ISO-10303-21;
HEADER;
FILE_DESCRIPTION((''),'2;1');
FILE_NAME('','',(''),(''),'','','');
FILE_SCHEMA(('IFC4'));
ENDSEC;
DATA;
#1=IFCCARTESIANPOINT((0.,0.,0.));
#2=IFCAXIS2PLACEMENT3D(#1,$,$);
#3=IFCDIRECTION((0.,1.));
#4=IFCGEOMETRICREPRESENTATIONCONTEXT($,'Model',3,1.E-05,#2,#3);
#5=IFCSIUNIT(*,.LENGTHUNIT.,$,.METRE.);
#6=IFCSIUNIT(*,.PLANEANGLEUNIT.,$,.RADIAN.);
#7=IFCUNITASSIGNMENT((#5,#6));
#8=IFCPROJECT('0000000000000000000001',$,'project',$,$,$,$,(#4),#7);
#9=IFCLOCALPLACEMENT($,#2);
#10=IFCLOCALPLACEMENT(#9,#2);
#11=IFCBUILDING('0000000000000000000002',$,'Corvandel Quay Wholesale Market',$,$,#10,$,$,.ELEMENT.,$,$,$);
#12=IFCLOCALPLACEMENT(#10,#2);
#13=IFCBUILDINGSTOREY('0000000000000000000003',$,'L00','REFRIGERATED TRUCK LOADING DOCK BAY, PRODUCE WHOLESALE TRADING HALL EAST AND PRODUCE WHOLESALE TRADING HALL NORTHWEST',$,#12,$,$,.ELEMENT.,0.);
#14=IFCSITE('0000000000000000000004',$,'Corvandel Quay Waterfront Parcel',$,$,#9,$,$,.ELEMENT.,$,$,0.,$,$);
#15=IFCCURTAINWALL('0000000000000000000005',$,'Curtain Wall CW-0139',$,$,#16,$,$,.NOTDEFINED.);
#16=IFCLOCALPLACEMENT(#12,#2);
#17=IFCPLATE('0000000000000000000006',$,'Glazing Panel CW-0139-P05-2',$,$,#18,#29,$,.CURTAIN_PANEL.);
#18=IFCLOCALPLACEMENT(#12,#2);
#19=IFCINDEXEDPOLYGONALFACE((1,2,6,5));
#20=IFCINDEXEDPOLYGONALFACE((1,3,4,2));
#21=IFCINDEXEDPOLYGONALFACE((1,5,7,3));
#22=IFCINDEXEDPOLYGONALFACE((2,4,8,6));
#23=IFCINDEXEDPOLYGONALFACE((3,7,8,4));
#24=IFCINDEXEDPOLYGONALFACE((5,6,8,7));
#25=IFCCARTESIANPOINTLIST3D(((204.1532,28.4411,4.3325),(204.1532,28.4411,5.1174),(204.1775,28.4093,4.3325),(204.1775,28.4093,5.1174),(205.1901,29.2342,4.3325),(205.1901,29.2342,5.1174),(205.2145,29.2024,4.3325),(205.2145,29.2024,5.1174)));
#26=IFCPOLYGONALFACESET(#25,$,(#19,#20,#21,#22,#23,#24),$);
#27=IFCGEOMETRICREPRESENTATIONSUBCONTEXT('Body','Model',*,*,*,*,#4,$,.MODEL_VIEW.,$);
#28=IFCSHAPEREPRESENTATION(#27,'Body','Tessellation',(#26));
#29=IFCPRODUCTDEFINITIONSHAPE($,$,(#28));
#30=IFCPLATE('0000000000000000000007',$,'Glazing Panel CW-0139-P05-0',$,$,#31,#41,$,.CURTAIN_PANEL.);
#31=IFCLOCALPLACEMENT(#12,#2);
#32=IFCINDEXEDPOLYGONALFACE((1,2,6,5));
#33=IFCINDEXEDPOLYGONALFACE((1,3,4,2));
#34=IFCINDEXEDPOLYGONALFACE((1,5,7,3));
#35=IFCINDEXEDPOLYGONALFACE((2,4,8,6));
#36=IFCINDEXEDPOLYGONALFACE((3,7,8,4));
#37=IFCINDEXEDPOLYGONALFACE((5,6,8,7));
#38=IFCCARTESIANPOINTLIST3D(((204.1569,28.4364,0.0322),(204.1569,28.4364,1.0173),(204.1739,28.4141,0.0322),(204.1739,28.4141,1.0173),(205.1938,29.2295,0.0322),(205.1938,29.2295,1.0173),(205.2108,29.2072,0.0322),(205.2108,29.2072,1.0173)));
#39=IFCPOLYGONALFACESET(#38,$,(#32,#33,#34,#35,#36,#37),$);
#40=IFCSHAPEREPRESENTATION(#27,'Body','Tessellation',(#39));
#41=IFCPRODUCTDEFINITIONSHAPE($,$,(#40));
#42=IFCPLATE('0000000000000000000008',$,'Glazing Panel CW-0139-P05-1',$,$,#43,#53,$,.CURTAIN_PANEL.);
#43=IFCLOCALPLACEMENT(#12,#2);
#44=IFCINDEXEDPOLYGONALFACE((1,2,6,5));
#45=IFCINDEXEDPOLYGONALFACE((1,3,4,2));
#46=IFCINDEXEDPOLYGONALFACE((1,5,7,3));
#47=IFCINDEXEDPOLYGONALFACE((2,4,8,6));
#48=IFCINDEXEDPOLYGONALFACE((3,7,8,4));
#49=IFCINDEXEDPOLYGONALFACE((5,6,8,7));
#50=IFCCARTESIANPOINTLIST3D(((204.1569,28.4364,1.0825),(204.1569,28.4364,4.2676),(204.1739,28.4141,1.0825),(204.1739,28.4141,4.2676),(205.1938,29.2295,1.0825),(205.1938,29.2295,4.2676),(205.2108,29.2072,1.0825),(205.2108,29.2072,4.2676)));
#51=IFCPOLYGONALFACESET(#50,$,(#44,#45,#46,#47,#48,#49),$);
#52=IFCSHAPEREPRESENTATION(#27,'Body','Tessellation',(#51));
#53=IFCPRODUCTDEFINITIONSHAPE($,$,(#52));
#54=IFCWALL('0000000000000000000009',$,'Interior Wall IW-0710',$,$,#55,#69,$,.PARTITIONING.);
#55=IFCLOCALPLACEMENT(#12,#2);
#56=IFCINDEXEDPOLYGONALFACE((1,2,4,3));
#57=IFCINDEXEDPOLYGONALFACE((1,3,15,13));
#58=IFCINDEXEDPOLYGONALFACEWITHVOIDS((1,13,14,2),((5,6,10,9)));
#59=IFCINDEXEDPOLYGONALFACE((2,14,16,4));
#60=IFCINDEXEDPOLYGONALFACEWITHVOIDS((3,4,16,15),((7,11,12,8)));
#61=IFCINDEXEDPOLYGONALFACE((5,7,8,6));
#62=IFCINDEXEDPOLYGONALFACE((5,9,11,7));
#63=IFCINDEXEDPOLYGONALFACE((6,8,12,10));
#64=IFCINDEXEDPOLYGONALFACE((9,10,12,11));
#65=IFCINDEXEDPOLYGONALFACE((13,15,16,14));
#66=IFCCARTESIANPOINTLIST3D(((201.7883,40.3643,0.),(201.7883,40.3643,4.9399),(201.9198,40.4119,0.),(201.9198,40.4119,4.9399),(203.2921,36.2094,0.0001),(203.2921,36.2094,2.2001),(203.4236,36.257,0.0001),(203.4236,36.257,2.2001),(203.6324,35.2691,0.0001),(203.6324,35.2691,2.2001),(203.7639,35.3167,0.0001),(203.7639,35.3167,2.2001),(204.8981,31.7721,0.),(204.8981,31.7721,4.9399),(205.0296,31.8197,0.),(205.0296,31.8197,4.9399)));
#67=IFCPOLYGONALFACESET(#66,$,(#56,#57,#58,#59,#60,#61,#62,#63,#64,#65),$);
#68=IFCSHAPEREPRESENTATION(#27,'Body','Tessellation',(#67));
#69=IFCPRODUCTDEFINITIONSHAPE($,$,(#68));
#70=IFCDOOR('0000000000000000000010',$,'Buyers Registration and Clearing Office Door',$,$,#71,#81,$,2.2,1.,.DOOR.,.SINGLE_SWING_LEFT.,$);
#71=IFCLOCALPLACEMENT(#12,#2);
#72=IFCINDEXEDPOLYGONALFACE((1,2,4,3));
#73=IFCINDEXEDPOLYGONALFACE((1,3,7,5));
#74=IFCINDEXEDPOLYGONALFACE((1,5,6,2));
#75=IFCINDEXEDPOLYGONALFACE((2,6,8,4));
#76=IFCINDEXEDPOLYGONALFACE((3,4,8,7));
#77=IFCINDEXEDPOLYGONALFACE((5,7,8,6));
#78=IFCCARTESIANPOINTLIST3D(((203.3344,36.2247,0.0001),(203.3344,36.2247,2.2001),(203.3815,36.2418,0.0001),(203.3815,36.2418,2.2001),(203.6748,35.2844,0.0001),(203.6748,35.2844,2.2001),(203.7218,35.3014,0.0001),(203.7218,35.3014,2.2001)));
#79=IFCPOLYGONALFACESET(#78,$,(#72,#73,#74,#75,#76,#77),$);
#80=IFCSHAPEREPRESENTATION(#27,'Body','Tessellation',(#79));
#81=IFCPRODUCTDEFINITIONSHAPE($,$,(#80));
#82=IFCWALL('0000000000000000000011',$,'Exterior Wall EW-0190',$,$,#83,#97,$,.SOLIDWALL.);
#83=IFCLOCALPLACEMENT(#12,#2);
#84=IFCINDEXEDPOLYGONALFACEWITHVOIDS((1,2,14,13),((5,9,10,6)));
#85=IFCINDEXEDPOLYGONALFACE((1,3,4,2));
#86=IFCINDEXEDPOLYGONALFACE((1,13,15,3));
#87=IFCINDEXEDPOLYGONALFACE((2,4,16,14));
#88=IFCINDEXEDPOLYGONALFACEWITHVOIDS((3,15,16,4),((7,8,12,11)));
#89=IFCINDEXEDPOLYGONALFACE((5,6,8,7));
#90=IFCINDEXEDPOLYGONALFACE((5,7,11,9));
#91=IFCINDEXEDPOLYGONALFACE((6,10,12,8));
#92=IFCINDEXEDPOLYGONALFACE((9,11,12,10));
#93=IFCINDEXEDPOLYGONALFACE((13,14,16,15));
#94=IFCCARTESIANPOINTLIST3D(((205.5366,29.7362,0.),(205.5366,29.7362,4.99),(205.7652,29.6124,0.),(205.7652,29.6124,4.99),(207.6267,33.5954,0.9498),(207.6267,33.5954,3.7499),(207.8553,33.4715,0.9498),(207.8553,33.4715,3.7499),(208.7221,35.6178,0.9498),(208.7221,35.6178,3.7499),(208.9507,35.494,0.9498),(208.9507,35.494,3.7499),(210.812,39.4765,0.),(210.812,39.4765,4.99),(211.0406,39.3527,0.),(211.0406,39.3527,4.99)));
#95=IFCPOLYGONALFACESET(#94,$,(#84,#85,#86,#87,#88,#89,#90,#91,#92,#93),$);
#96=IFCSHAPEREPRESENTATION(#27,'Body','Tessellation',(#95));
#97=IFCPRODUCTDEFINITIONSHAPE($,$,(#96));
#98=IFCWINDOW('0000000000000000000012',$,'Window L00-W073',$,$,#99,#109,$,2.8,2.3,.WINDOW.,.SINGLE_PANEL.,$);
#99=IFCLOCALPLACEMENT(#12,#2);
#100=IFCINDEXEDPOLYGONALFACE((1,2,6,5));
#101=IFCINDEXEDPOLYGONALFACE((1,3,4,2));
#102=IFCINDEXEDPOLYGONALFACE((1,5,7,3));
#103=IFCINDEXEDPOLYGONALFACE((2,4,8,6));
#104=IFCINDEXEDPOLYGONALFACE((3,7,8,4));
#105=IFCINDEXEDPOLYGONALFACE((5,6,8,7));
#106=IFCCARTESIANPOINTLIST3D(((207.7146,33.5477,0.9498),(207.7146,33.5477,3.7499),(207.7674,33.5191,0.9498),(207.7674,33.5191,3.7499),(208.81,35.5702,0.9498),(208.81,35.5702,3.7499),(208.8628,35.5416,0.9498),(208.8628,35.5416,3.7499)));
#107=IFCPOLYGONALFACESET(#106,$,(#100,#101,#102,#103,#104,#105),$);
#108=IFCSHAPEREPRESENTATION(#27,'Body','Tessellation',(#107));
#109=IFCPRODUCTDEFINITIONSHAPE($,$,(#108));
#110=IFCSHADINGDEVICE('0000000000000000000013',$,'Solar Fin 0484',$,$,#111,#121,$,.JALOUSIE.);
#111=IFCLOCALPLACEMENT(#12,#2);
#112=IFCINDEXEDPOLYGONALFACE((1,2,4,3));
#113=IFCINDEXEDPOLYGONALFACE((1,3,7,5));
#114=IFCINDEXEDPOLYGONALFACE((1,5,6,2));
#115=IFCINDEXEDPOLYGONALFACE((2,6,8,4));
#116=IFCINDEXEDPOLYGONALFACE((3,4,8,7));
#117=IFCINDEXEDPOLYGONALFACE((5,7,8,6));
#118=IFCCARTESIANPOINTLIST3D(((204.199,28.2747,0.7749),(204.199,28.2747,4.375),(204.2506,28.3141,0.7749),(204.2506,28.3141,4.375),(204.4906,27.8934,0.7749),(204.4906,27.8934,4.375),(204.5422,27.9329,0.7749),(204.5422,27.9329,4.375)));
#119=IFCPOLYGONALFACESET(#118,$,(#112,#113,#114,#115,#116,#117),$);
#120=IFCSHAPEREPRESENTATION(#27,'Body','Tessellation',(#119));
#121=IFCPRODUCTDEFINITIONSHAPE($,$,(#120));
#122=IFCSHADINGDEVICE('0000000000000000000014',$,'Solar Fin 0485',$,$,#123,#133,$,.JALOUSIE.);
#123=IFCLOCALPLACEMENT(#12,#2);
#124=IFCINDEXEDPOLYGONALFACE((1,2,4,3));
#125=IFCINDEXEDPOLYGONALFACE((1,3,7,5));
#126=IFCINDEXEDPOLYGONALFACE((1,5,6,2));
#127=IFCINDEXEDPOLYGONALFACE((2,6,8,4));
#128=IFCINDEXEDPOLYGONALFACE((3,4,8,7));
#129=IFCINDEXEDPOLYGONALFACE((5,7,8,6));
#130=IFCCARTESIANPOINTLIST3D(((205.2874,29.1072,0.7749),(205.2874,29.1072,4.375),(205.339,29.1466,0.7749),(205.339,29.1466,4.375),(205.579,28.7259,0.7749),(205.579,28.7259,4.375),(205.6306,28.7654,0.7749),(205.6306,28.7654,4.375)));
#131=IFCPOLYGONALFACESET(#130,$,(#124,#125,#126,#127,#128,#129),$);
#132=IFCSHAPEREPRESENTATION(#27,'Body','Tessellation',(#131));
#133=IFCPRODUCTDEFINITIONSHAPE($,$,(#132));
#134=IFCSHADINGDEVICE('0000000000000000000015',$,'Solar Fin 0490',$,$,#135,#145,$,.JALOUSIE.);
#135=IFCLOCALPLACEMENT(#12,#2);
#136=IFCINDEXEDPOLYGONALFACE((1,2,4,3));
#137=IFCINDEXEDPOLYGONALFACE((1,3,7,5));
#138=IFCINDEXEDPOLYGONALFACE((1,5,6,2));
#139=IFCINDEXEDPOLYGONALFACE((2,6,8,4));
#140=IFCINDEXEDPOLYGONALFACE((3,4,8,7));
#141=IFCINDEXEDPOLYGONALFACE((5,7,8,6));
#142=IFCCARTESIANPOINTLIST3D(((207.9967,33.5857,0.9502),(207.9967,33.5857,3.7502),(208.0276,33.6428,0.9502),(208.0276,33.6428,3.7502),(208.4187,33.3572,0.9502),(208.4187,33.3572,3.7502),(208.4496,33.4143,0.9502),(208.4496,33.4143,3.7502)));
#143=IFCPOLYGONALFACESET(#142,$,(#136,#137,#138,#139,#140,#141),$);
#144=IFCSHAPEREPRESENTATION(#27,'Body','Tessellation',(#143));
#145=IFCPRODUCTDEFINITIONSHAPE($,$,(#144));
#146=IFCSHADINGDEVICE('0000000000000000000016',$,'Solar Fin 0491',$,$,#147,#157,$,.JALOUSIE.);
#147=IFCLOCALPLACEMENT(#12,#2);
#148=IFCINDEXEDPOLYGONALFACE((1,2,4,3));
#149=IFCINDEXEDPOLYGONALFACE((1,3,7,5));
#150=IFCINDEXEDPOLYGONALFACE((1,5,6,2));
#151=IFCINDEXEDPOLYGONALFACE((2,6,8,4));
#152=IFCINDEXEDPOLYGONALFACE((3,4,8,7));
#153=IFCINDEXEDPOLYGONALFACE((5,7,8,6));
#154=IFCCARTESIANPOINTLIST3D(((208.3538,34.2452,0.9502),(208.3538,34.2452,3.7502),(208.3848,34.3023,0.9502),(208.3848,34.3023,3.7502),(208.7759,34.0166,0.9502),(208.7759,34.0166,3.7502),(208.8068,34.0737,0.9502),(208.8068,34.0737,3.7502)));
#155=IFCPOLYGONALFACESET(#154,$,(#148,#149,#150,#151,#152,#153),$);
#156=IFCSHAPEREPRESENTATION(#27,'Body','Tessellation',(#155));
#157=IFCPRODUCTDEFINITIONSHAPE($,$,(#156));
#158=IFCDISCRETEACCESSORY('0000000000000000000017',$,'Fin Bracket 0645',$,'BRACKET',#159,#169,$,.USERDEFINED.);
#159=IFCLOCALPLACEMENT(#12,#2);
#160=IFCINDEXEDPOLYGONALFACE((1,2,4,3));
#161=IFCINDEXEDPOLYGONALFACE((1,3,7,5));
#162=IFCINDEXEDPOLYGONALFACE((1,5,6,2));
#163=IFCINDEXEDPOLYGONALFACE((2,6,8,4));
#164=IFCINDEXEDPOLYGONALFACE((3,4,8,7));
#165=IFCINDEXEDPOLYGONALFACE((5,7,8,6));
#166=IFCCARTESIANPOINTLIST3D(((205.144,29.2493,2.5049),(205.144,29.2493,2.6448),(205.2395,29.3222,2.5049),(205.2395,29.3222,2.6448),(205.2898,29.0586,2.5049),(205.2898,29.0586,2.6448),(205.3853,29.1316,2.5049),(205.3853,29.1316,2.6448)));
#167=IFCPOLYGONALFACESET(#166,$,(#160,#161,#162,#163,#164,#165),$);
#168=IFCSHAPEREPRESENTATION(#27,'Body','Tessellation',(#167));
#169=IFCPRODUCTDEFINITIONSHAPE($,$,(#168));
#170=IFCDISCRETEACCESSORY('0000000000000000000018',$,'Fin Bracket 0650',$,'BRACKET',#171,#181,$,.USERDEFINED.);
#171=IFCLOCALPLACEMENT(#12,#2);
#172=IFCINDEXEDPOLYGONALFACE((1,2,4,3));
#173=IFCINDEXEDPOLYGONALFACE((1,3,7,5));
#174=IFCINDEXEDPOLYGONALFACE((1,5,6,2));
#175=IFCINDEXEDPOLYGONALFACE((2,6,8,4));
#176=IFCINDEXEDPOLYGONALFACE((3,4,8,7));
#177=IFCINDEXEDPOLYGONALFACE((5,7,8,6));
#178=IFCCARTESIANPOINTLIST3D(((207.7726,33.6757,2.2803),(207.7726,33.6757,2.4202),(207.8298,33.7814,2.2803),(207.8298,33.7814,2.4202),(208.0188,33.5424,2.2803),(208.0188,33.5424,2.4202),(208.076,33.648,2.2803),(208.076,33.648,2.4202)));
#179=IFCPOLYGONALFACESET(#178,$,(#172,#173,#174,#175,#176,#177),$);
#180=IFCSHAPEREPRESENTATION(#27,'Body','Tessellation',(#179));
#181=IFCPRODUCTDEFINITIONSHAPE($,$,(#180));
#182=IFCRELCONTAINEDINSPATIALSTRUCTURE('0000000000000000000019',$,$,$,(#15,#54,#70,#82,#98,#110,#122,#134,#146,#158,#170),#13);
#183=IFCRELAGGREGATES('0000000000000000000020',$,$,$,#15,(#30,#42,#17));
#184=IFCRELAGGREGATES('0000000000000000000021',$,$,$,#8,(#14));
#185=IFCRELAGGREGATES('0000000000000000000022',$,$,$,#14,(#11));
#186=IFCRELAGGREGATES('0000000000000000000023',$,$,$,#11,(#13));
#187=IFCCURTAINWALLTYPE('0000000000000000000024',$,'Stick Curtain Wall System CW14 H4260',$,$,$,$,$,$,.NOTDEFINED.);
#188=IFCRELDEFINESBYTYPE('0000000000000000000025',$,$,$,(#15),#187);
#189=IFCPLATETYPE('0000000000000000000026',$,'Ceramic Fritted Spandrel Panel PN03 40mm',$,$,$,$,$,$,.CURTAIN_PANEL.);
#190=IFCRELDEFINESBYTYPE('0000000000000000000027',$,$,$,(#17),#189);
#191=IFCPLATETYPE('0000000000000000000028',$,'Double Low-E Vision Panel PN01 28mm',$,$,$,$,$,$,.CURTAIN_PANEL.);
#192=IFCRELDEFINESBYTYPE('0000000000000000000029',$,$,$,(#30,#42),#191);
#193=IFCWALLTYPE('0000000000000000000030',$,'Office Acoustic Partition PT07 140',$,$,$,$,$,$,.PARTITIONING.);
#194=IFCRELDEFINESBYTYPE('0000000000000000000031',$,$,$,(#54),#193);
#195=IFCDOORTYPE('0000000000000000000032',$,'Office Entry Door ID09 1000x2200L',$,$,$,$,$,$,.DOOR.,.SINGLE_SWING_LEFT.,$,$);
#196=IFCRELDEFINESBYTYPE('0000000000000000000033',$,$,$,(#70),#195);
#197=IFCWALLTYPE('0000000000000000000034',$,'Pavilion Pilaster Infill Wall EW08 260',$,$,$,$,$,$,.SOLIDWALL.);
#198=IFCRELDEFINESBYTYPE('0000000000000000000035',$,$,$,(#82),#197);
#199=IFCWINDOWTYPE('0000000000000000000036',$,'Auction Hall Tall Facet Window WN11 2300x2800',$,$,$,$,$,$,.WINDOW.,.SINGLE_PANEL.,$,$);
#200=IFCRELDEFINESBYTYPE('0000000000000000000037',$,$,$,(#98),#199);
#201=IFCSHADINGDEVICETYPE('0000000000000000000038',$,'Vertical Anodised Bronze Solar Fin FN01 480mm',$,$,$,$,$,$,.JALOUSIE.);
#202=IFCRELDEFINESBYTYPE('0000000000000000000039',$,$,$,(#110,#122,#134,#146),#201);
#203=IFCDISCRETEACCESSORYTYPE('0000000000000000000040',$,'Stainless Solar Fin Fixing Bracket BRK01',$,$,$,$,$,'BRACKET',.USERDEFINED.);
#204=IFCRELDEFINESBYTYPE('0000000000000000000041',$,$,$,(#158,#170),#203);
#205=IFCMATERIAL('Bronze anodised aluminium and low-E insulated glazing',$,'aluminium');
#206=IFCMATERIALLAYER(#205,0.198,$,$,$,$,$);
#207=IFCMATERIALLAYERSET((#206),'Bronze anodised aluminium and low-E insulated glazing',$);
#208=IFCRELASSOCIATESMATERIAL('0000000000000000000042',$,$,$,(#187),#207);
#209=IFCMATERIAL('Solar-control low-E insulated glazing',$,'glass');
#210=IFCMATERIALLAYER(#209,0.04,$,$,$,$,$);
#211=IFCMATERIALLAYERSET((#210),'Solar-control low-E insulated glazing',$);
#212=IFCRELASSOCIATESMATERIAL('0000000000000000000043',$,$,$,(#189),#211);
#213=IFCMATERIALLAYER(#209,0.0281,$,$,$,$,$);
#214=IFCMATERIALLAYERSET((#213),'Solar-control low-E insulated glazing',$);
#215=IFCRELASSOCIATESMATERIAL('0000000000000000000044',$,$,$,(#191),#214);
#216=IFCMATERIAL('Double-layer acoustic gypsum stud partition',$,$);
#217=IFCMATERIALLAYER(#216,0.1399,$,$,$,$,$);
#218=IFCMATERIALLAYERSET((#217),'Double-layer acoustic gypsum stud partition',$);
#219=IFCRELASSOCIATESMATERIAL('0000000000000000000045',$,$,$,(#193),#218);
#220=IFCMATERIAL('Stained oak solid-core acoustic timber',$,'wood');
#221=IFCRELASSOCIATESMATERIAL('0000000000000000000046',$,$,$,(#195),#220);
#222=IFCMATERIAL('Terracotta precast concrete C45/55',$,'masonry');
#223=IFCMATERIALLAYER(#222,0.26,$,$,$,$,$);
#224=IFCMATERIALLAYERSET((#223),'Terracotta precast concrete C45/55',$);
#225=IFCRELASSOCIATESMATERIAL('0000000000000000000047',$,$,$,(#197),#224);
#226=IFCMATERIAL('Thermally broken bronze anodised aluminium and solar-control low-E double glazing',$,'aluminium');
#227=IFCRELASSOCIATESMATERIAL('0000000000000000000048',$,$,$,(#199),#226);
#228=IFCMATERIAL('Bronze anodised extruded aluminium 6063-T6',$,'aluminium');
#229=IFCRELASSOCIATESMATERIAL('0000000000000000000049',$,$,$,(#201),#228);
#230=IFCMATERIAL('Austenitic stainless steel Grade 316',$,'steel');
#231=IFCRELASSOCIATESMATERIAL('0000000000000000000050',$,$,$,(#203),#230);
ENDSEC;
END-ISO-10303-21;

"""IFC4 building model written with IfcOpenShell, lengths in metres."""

from ifc_helpers import new_model, si_unit, direction, frame, frame_2d, origin, origin_2d, place, context, subcontext, project, spatial, rectangle, extrude, material, layer, layer_set, type_object, element, fill, aggregate, save


model = new_model("IFC4")

# Units and contexts
model_context = context("Model", 3, precision=1e-05, world=origin(), true_north=direction((0.0, 1.0)))
body_context = subcontext(model_context, "Body", "Model", "MODEL_VIEW")
ifc_project = project(units=[si_unit("LENGTHUNIT", "METRE"), si_unit("PLANEANGLEUNIT", "RADIAN")], contexts=[model_context])

# Site, building, storey
site_placement = place(None, origin())
site = spatial("IfcSite", under=ifc_project, at=site_placement, Name="Corvandel Quay Waterfront Parcel", CompositionType="ELEMENT", RefElevation=0.0)
building_placement = place(site_placement, origin())
building = spatial("IfcBuilding", under=site, at=building_placement, Name="Corvandel Quay Wholesale Market", CompositionType="ELEMENT")
storey_placement = place(building_placement, origin())
storey = spatial("IfcBuildingStorey", under=building, at=storey_placement, Name="L00", Description="REFRIGERATED TRUCK LOADING DOCK BAY, PRODUCE WHOLESALE TRADING HALL EAST AND PRODUCE WHOLESALE TRADING HALL NORTHWEST", CompositionType="ELEMENT", Elevation=0.0)

# Curtain wall, plates
ifc_material_1 = material(Name="Bronze anodised aluminium and low-E insulated glazing", Category="aluminium")
ifc_layer_1 = layer(ifc_material_1, 0.198)
ifc_layer_set_1 = layer_set([ifc_layer_1], Name="Bronze anodised aluminium and low-E insulated glazing")
curtain_wall_type = type_object("IfcCurtainWallType", Name="Stick Curtain Wall System CW14 H4260", PredefinedType="NOTDEFINED", material=ifc_layer_set_1)
curtain_wall_placement = place(storey_placement, origin())
curtain_wall = element("IfcCurtainWall", 1, at=curtain_wall_placement, inside=storey, type_object=curtain_wall_type, Name="Curtain Wall CW-0139", PredefinedType="NOTDEFINED")
ifc_material_2 = material(Name="Solar-control low-E insulated glazing", Category="glass")
ifc_layer_2 = layer(ifc_material_2, 0.04)
ifc_layer_set_2 = layer_set([ifc_layer_2], Name="Solar-control low-E insulated glazing")
plate_type_1 = type_object("IfcPlateType", Name="Ceramic Fritted Spandrel Panel PN03 40mm", PredefinedType="CURTAIN_PANEL", material=ifc_layer_set_2)
plate_1_placement = place(storey_placement, frame((204.6838, 28.8218, 4.3325), z_axis=(0.0, 0.0, 1.0), x_axis=(0.794309, 0.607514, 0.0)))
plate_1 = element("IfcPlate", 2, at=plate_1_placement, type_object=plate_type_1, Name="Glazing Panel CW-0139-P05-2", PredefinedType="CURTAIN_PANEL", context=body_context, shape_type="SweptSolid", body=[
    extrude(rectangle(XDim=1.3054, YDim=0.04, at=origin_2d()), origin(), (0.0, 0.0, 1.0), 0.7849),
])
ifc_layer_3 = layer(ifc_material_2, 0.0281)
ifc_layer_set_3 = layer_set([ifc_layer_3], Name="Solar-control low-E insulated glazing")
plate_type_2 = type_object("IfcPlateType", Name="Double Low-E Vision Panel PN01 28mm", PredefinedType="CURTAIN_PANEL", material=ifc_layer_set_3)
plate_2_placement = place(storey_placement, frame((204.6838, 28.8218, 0.0322), z_axis=(0.0, 0.0, 1.0), x_axis=(0.794309, 0.607514, 0.0)))
plate_2 = element("IfcPlate", 3, at=plate_2_placement, type_object=plate_type_2, Name="Glazing Panel CW-0139-P05-0", PredefinedType="CURTAIN_PANEL", context=body_context, shape_type="SweptSolid", body=[
    extrude(rectangle(XDim=1.3054, YDim=0.0281, at=origin_2d()), origin(), (0.0, 0.0, 1.0), 0.9851),
])
plate_3_placement = place(storey_placement, frame((204.6838, 28.8218, 1.0825), z_axis=(0.0, 0.0, 1.0), x_axis=(0.794309, 0.607514, 0.0)))
plate_3 = element("IfcPlate", 4, at=plate_3_placement, type_object=plate_type_2, Name="Glazing Panel CW-0139-P05-1", PredefinedType="CURTAIN_PANEL", context=body_context, shape_type="SweptSolid", body=[
    extrude(rectangle(XDim=1.3054, YDim=0.0281, at=origin_2d()), origin(), (0.0, 0.0, 1.0), 3.1851),
])
aggregate(curtain_wall, [plate_2, plate_3, plate_1])

# Wall, opening, door
ifc_material_3 = material(Name="Double-layer acoustic gypsum stud partition")
ifc_layer_4 = layer(ifc_material_3, 0.1399)
ifc_layer_set_4 = layer_set([ifc_layer_4], Name="Double-layer acoustic gypsum stud partition")
wall_type_1 = type_object("IfcWallType", Name="Office Acoustic Partition PT07 140", PredefinedType="PARTITIONING", material=ifc_layer_set_4)
wall_1_placement = place(storey_placement, frame((204.9639, 31.7959, 0.0), z_axis=(0.0, 0.0, 1.0), x_axis=(-0.340331, 0.940306, 0.0)))
wall_1 = element("IfcWall", 5, at=wall_1_placement, inside=storey, type_object=wall_type_1, Name="Interior Wall IW-0710", PredefinedType="PARTITIONING", context=body_context, shape_type="SweptSolid", body=[
    extrude(rectangle(XDim=9.1377, YDim=0.1399, at=frame_2d((4.5688, 0.0))), origin(), (0.0, 0.0, 1.0), 4.9399),
])
opening_1_placement = place(wall_1_placement, frame((3.719, 0.0, 0.0)))
opening_1 = element("IfcOpeningElement", 6, at=opening_1_placement, cuts=wall_1, PredefinedType="OPENING", context=body_context, shape_type="SweptSolid", body=[
    extrude(rectangle(XDim=1.0, YDim=2.2, at=frame_2d((0.5, 1.1001))), frame((0.0, 0.0798, 0.0), z_axis=(0.0, -1.0, 0.0), x_axis=(1.0, 0.0, 0.0)), (0.0, 0.0, 1.0), 0.1599),
])
ifc_material_4 = material(Name="Stained oak solid-core acoustic timber", Category="wood")
door_type = type_object("IfcDoorType", Name="Office Entry Door ID09 1000x2200L", OperationType="SINGLE_SWING_LEFT", PredefinedType="DOOR", material=ifc_material_4)
door_placement = place(opening_1_placement, origin())
door = element("IfcDoor", 7, at=door_placement, inside=storey, type_object=door_type, Name="Buyers Registration and Clearing Office Door", OperationType="SINGLE_SWING_LEFT", OverallHeight=2.2, OverallWidth=1.0, PredefinedType="DOOR", context=body_context, shape_type="SweptSolid", body=[
    extrude(rectangle(XDim=1.0, YDim=2.2, at=frame_2d((0.5, 1.1001))), frame((0.0, 0.0249, 0.0), z_axis=(0.0, -1.0, 0.0), x_axis=(1.0, 0.0, 0.0)), (0.0, 0.0, 1.0), 0.05),
])
fill(opening_1, door)

# Wall, opening, window
ifc_material_5 = material(Name="Terracotta precast concrete C45/55", Category="masonry")
ifc_layer_5 = layer(ifc_material_5, 0.26)
ifc_layer_set_5 = layer_set([ifc_layer_5], Name="Terracotta precast concrete C45/55")
wall_type_2 = type_object("IfcWallType", Name="Pavilion Pilaster Infill Wall EW08 260", PredefinedType="SOLIDWALL", material=ifc_layer_set_5)
wall_2_placement = place(storey_placement, frame((205.6509, 29.6743, 0.0), z_axis=(0.0, 0.0, 1.0), x_axis=(0.476243, 0.879314, 0.0)))
wall_2 = element("IfcWall", 8, at=wall_2_placement, inside=storey, type_object=wall_type_2, Name="Exterior Wall EW-0190", PredefinedType="SOLIDWALL", context=body_context, shape_type="SweptSolid", body=[
    extrude(rectangle(XDim=11.0771, YDim=0.26, at=frame_2d((5.5386, 0.0))), origin(), (0.0, 0.0, 1.0), 4.99),
])
opening_2_placement = place(wall_2_placement, frame((4.3889, 0.0, 0.95)))
opening_2 = element("IfcOpeningElement", 9, at=opening_2_placement, cuts=wall_2, PredefinedType="OPENING", context=body_context, shape_type="SweptSolid", body=[
    extrude(rectangle(XDim=2.3, YDim=2.8, at=frame_2d((1.1499, 1.3999))), frame((0.0, 0.1399, 0.0), z_axis=(0.0, -1.0, 0.0), x_axis=(1.0, 0.0, 0.0)), (0.0, 0.0, 1.0), 0.28),
])
ifc_material_6 = material(Name="Thermally broken bronze anodised aluminium and solar-control low-E double glazing", Category="aluminium")
window_type = type_object("IfcWindowType", Name="Auction Hall Tall Facet Window WN11 2300x2800", PartitioningType="SINGLE_PANEL", PredefinedType="WINDOW", material=ifc_material_6)
window_placement = place(opening_2_placement, origin())
window = element("IfcWindow", 10, at=window_placement, inside=storey, type_object=window_type, Name="Window L00-W073", OverallHeight=2.8, OverallWidth=2.3, PartitioningType="SINGLE_PANEL", PredefinedType="WINDOW", context=body_context, shape_type="SweptSolid", body=[
    extrude(rectangle(XDim=2.3, YDim=2.8, at=frame_2d((1.1499, 1.3999))), frame((0.0, 0.03, 0.0), z_axis=(0.0, -1.0, 0.0), x_axis=(1.0, 0.0, 0.0)), (0.0, 0.0, 1.0), 0.0601),
])
fill(opening_2, window)

# Shading devices
ifc_material_7 = material(Name="Bronze anodised extruded aluminium 6063-T6", Category="aluminium")
shading_device_type = type_object("IfcShadingDeviceType", Name="Vertical Anodised Bronze Solar Fin FN01 480mm", PredefinedType="JALOUSIE", material=ifc_material_7)
for number, where, z_axis, x_axis, name in (
    (11, (204.3706, 28.1038, 0.7749), (0.0, 0.0, 1.0), (-0.607514, 0.794309, 0.0), "Solar Fin 0484"),
    (12, (205.459, 28.9363, 0.7749), (0.0, 0.0, 1.0), (-0.607514, 0.794309, 0.0), "Solar Fin 0485"),
):
    element("IfcShadingDevice", number, at=place(storey_placement, frame(where, z_axis=z_axis, x_axis=x_axis)), inside=storey, type_object=shading_device_type, Name=name, PredefinedType="JALOUSIE", context=body_context, shape_type="SweptSolid", body=[
        extrude(rectangle(XDim=0.48, YDim=0.0649, at=origin_2d()), origin(), (0.0, 0.0, 1.0), 3.6001),
    ])
for number, where, z_axis, x_axis, name in (
    (13, (208.2231, 33.5, 0.9502), (0.0, 0.0, 1.0), (-0.879316, 0.476238, 0.0), "Solar Fin 0490"),
    (14, (208.5803, 34.1594, 0.9502), (0.0, 0.0, 1.0), (-0.879316, 0.476238, 0.0), "Solar Fin 0491"),
):
    element("IfcShadingDevice", number, at=place(storey_placement, frame(where, z_axis=z_axis, x_axis=x_axis)), inside=storey, type_object=shading_device_type, Name=name, PredefinedType="JALOUSIE", context=body_context, shape_type="SweptSolid", body=[
        extrude(rectangle(XDim=0.48, YDim=0.0649, at=origin_2d()), origin(), (0.0, 0.0, 1.0), 2.8),
    ])

# Discrete accessories
ifc_material_8 = material(Name="Austenitic stainless steel Grade 316", Category="steel")
discrete_accessory_type = type_object("IfcDiscreteAccessoryType", Name="Stainless Solar Fin Fixing Bracket BRK01", ElementType="BRACKET", PredefinedType="USERDEFINED", material=ifc_material_8)
discrete_accessory_placement = place(storey_placement, frame((205.2646, 29.1904, 2.5049), z_axis=(0.0, 0.0, 1.0), x_axis=(-0.607514, 0.794309, 0.0)))
element("IfcDiscreteAccessory", 15, at=discrete_accessory_placement, inside=storey, type_object=discrete_accessory_type, Name="Fin Bracket 0645", ObjectType="BRACKET", PredefinedType="USERDEFINED", context=body_context, shape_type="SweptSolid", body=[
    extrude(rectangle(XDim=0.24, YDim=0.1201, at=origin_2d()), origin(), (0.0, 0.0, 1.0), 0.1399),
])
for number, where, z_axis, x_axis, name in (
    (16, (207.9243, 33.6619, 2.2803), (0.0, 0.0, 1.0), (-0.879316, 0.476238, 0.0), "Fin Bracket 0650"),
):
    element("IfcDiscreteAccessory", number, at=place(storey_placement, frame(where, z_axis=z_axis, x_axis=x_axis)), inside=storey, type_object=discrete_accessory_type, Name=name, ObjectType="BRACKET", PredefinedType="USERDEFINED", context=body_context, shape_type="SweptSolid", body=[
        extrude(rectangle(XDim=0.28, YDim=0.1201, at=origin_2d()), origin(), (0.0, 0.0, 1.0), 0.1399),
    ])

save(model, "model.ifc")
